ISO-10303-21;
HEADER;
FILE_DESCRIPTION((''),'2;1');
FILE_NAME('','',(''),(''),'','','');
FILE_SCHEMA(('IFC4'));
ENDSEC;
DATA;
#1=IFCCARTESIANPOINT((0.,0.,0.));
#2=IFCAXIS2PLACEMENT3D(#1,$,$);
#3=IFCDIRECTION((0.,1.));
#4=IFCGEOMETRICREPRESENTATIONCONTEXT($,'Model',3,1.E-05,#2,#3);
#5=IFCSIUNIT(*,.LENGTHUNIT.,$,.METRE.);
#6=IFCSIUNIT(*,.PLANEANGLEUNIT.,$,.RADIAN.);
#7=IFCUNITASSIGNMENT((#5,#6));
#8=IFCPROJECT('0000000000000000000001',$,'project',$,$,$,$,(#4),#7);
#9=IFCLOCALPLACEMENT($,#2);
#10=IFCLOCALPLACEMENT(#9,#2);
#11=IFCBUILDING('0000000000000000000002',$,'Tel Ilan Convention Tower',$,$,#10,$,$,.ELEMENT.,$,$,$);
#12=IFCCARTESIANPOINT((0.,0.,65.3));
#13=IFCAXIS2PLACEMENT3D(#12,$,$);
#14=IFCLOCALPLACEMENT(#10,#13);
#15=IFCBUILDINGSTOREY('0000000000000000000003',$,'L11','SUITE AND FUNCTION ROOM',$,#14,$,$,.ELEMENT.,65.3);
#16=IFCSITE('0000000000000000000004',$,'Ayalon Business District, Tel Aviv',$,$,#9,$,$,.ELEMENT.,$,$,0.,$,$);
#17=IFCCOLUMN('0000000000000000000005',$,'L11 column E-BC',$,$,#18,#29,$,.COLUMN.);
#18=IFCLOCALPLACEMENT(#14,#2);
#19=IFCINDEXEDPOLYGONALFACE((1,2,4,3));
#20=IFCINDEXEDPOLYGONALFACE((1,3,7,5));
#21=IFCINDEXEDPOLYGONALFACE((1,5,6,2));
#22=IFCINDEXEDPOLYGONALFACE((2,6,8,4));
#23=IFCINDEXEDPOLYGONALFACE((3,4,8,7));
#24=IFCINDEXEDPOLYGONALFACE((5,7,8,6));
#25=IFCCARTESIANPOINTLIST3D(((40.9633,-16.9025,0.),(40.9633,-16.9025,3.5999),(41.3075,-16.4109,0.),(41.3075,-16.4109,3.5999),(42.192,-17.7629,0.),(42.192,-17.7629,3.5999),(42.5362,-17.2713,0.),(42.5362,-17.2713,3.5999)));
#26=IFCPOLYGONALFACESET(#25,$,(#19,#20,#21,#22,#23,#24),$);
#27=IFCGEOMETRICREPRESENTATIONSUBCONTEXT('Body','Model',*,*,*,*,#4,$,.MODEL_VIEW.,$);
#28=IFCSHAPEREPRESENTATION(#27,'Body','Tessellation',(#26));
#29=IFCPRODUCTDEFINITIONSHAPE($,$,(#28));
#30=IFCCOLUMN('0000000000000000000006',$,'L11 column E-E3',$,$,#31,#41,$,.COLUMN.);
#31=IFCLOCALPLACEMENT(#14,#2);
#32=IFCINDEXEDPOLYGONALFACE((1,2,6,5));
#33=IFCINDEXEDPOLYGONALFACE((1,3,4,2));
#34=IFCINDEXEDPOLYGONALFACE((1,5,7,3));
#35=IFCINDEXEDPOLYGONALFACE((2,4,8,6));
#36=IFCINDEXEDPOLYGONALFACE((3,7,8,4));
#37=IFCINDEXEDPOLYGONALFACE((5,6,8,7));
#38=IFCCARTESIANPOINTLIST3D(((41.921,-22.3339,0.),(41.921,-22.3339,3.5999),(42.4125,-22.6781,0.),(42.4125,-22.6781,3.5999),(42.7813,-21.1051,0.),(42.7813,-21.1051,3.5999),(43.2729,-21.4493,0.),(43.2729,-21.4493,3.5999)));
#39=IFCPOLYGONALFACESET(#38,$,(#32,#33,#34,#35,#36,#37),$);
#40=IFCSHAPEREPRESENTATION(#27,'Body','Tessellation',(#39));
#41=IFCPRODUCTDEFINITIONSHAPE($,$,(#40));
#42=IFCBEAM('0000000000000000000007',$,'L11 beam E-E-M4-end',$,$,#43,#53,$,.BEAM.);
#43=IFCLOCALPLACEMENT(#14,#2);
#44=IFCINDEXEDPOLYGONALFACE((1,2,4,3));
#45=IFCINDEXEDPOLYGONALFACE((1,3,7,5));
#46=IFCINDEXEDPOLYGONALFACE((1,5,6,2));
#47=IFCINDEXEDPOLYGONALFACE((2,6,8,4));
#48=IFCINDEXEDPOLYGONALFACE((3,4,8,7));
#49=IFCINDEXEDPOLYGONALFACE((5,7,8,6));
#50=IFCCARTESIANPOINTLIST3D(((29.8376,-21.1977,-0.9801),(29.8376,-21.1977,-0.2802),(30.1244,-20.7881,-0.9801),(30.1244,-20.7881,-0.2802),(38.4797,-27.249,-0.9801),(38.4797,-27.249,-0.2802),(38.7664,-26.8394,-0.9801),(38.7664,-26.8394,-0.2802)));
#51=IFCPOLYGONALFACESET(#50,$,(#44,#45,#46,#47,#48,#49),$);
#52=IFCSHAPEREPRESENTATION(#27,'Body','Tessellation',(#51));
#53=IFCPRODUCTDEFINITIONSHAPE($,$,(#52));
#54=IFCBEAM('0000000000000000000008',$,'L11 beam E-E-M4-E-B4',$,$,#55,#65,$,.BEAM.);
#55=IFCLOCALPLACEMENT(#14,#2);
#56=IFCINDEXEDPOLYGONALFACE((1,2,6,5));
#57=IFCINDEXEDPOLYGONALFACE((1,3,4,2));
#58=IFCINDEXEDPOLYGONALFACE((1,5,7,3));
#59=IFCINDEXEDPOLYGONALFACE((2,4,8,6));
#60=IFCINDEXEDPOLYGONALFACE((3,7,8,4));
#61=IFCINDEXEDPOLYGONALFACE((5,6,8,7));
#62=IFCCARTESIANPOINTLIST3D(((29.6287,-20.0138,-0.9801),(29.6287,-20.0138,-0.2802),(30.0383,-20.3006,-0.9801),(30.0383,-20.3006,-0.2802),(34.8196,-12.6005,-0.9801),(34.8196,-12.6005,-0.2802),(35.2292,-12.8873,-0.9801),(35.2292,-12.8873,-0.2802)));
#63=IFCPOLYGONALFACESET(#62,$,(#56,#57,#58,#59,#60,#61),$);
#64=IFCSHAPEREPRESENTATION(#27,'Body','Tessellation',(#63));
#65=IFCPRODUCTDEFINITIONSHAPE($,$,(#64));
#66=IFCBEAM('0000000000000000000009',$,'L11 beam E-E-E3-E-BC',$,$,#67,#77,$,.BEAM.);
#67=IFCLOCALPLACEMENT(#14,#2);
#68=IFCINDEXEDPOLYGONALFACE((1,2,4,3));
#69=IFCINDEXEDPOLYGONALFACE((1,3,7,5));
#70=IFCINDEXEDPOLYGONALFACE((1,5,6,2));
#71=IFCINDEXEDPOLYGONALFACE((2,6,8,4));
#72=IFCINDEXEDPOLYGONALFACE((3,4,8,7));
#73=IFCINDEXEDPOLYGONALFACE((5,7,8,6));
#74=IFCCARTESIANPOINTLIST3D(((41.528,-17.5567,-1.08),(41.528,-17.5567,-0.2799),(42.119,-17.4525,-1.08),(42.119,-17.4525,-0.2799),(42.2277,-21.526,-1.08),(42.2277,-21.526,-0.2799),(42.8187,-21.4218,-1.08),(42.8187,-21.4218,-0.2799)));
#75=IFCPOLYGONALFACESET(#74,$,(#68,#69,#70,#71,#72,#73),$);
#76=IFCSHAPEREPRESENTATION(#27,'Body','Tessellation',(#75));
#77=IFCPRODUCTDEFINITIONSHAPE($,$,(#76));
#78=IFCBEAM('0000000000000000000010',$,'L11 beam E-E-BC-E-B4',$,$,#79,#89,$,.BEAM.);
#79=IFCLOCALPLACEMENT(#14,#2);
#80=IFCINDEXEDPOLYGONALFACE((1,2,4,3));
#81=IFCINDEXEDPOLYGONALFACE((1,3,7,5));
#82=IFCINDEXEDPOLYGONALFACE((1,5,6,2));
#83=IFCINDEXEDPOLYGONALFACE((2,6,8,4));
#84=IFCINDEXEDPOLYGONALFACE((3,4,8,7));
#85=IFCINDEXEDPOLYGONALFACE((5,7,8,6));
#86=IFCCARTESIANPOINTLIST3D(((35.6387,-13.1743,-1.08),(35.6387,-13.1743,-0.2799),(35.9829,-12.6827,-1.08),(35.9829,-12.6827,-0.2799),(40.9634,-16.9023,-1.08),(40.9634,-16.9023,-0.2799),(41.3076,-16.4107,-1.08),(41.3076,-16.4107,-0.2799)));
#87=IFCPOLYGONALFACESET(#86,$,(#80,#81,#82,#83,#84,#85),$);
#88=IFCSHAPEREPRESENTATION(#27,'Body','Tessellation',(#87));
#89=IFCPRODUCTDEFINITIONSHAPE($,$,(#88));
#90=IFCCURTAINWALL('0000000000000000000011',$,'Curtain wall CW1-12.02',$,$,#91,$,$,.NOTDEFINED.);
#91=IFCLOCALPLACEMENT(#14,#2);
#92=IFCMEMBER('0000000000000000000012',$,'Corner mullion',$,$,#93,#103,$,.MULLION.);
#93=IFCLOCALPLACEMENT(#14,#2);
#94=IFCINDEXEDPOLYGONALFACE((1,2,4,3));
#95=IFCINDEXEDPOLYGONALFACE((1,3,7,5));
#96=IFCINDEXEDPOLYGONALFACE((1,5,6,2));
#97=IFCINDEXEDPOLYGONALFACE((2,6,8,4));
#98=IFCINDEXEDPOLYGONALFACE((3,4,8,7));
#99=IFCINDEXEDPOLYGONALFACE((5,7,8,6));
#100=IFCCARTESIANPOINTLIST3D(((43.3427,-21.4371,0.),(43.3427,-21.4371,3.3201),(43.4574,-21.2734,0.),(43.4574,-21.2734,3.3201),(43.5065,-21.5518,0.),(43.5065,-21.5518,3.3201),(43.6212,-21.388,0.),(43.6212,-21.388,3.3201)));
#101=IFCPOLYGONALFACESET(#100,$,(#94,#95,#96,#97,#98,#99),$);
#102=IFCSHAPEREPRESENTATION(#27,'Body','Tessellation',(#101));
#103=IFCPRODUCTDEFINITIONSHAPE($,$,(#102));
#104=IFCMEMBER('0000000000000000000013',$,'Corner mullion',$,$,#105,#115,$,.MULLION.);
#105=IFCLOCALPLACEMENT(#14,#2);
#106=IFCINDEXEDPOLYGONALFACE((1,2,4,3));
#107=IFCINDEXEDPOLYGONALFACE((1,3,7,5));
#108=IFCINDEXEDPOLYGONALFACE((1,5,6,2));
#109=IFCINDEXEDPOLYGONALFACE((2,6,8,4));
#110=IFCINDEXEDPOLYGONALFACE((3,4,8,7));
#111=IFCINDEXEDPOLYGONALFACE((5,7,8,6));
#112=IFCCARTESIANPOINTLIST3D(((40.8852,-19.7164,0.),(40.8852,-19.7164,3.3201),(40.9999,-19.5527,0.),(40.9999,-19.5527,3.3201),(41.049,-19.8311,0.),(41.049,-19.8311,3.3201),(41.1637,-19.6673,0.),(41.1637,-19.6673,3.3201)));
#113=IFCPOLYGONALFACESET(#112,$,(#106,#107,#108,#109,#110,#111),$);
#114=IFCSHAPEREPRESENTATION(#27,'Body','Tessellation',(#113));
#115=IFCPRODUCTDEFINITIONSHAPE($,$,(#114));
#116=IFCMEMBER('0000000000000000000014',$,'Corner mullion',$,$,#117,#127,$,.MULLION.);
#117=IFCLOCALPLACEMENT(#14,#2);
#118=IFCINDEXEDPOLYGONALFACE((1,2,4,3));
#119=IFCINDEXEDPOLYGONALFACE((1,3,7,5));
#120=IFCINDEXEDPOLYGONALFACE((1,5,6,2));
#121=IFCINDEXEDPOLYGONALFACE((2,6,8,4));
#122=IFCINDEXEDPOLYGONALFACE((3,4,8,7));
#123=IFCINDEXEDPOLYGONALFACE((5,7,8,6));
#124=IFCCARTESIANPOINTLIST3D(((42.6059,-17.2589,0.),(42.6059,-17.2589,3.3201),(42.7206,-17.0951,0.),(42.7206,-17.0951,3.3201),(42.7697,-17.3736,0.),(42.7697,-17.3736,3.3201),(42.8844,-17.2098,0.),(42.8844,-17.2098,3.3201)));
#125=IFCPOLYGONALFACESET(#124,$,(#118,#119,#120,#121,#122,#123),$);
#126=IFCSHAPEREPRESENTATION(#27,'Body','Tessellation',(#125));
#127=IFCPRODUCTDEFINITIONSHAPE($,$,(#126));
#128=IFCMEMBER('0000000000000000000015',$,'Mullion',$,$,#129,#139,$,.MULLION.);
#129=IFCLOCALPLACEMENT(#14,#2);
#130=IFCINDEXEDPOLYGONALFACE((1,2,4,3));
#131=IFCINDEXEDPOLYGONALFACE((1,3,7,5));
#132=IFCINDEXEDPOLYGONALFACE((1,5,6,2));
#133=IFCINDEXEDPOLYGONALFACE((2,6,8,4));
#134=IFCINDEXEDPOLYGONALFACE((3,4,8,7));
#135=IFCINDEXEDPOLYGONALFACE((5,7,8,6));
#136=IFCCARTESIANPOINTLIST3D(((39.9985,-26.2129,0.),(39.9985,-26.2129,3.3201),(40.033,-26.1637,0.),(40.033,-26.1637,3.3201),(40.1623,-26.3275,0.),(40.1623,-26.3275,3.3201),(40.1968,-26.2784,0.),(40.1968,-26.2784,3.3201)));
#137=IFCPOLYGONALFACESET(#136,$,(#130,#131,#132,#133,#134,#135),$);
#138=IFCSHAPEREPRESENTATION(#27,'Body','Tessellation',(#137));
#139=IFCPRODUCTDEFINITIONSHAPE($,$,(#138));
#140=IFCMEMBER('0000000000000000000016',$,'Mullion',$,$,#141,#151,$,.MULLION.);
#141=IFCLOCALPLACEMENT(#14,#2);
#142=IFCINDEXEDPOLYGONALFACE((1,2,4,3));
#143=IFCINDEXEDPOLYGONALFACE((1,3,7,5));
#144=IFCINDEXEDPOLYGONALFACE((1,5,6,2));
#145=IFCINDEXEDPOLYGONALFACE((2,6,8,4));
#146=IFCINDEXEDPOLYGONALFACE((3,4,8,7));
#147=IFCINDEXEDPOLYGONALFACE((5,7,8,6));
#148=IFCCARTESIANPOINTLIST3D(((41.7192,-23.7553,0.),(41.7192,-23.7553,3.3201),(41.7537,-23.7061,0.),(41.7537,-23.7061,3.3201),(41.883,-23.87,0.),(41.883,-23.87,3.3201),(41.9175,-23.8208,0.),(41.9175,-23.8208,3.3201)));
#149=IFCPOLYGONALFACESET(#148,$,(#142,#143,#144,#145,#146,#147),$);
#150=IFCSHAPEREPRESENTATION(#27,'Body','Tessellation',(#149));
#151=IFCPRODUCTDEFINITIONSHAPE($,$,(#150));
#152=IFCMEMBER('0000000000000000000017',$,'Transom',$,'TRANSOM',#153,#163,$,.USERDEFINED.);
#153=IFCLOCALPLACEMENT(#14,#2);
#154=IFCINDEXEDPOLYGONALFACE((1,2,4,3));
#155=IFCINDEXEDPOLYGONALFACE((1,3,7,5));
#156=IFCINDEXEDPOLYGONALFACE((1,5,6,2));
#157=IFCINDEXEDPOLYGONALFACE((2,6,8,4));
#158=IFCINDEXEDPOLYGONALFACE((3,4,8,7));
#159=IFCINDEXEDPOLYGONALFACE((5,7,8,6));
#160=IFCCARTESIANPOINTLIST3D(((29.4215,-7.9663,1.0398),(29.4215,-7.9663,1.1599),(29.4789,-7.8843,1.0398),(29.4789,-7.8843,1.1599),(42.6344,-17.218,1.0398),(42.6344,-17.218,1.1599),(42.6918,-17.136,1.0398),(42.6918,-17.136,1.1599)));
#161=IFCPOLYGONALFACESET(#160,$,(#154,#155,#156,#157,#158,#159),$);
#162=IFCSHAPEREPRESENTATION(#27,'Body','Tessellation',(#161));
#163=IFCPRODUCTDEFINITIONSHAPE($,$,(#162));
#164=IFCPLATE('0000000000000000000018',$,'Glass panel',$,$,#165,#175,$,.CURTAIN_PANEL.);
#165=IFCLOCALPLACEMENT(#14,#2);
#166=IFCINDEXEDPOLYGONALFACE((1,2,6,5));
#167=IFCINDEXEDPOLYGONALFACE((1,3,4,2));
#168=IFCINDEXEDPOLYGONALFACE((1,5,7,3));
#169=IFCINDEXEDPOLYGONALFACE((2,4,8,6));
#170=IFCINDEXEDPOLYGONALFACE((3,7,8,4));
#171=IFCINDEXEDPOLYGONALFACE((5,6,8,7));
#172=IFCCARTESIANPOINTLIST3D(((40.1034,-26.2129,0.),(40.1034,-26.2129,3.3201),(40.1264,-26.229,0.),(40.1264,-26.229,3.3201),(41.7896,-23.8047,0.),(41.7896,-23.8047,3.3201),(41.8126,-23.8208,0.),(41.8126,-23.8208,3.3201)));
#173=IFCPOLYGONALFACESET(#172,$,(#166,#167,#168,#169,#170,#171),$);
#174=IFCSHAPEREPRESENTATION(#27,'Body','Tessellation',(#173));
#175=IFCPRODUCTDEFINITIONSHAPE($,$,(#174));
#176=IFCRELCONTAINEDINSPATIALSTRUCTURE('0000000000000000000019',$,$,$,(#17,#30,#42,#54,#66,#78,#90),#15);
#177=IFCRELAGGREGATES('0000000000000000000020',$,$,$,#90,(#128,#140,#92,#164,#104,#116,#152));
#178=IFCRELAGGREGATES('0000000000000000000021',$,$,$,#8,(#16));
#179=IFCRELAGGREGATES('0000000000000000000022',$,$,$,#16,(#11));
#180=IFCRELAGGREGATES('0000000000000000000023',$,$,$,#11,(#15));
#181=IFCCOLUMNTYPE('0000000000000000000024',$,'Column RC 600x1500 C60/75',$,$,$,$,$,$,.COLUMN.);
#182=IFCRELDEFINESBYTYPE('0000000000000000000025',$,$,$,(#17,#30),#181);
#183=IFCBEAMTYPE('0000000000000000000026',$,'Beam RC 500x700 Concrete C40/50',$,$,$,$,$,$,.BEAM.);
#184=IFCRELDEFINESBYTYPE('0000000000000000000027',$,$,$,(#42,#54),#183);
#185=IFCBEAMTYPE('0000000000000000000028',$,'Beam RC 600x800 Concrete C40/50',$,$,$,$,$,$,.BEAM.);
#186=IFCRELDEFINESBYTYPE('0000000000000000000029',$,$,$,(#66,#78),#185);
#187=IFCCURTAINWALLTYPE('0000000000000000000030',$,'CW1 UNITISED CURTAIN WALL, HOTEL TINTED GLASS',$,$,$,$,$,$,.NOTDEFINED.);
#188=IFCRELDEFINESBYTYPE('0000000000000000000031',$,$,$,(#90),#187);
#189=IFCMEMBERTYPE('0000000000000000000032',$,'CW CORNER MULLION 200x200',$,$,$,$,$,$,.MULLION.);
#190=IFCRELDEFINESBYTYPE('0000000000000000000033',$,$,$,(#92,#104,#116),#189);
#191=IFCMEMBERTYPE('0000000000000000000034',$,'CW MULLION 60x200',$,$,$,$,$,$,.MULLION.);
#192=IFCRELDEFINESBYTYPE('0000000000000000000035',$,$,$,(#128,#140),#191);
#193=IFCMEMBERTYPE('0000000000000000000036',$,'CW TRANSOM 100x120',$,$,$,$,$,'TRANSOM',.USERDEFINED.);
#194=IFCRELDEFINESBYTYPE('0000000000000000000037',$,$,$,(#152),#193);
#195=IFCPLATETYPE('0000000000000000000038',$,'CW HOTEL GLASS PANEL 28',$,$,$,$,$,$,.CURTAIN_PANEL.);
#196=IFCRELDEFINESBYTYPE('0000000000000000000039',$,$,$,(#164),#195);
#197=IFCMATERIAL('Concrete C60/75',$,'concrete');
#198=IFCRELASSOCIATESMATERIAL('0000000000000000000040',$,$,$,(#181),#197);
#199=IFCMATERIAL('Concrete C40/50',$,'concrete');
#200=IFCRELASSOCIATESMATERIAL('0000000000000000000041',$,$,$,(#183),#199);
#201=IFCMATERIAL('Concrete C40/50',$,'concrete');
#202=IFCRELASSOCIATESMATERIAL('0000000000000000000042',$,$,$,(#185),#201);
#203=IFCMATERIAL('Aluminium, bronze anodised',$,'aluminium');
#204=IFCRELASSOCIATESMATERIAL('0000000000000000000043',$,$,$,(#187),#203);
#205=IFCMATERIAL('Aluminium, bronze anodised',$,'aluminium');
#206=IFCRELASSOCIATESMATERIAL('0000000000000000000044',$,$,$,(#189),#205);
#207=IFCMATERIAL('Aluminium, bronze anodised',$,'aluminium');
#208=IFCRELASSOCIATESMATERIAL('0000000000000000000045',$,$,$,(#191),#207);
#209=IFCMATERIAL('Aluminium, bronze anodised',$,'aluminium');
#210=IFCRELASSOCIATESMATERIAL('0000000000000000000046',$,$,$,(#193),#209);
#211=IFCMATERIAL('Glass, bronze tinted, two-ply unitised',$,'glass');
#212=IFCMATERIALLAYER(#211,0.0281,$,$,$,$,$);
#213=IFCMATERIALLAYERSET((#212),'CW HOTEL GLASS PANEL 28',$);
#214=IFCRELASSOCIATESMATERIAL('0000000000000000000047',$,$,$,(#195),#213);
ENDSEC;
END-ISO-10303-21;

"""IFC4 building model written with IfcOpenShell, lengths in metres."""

from ifc_helpers import new_model, si_unit, direction, frame, origin, origin_2d, place, context, subcontext, project, spatial, rectangle, extrude, material, layer, layer_set, material_profile, profile_set, type_object, element, aggregate, save


model = new_model("IFC4")

# Units and contexts
model_context = context("Model", 3, precision=1e-05, world=origin(), true_north=direction((0.0, 1.0)))
body_context = subcontext(model_context, "Body", "Model", "MODEL_VIEW")
ifc_project = project(units=[si_unit("LENGTHUNIT", "METRE"), si_unit("PLANEANGLEUNIT", "RADIAN")], contexts=[model_context])

# Site, building, storey
site_placement = place(None, origin())
site = spatial("IfcSite", under=ifc_project, at=site_placement, Name="Ayalon Business District, Tel Aviv", CompositionType="ELEMENT", RefElevation=0.0)
building_placement = place(site_placement, origin())
building = spatial("IfcBuilding", under=site, at=building_placement, Name="Tel Ilan Convention Tower", CompositionType="ELEMENT")
storey_placement = place(building_placement, frame((0.0, 0.0, 65.3)))
storey = spatial("IfcBuildingStorey", under=building, at=storey_placement, Name="L11", Description="SUITE AND FUNCTION ROOM", CompositionType="ELEMENT", Elevation=65.3)

# Columns
ifc_material_1 = material(Name="Concrete C60/75", Category="concrete")
ifc_material_profile_1 = material_profile(ifc_material_1, rectangle(XDim=1.5, YDim=0.6001, at=origin_2d()), Name="RC 600x1500")
ifc_profile_set_1 = profile_set([ifc_material_profile_1], Name="Concrete C60/75")
column_type = type_object("IfcColumnType", Name="Column RC 600x1500 C60/75", PredefinedType="COLUMN", material=ifc_profile_set_1)
for number, where, z_axis, x_axis, name in (
    (1, (41.7498, -17.0869, 0.0), (0.0, 0.0, 1.0), (0.819152, -0.573576, 0.0), "L11 column E-BC"),
    (2, (42.5969, -21.8916, 0.0), (0.0, 0.0, 1.0), (0.573576, 0.819152, 0.0), "L11 column E-E3"),
):
    element("IfcColumn", number, at=place(storey_placement, frame(where, z_axis=z_axis, x_axis=x_axis)), inside=storey, type_object=column_type, Name=name, PredefinedType="COLUMN", context=body_context, shape_type="SweptSolid", body=[
        extrude(rectangle(XDim=1.5, YDim=0.6001, at=origin_2d()), origin(), (0.0, 0.0, 1.0), 3.5999),
    ])

# Beams
ifc_material_2 = material(Name="Concrete C40/50", Category="concrete")
ifc_material_profile_2 = material_profile(ifc_material_2, rectangle(XDim=0.5, YDim=0.7, at=origin_2d()), Name="RC 500x700")
ifc_profile_set_2 = profile_set([ifc_material_profile_2], Name="Concrete C40/50")
beam_type_1 = type_object("IfcBeamType", Name="Beam RC 500x700 Concrete C40/50", PredefinedType="BEAM", material=ifc_profile_set_2)
beam_1_placement = place(storey_placement, frame((29.981, -20.9929, -0.6301), z_axis=(0.819151, -0.573577, 0.0), x_axis=(0.573577, 0.819151, 0.0)))
element("IfcBeam", 3, at=beam_1_placement, inside=storey, type_object=beam_type_1, Name="L11 beam E-E-M4-end", PredefinedType="BEAM", context=body_context, shape_type="SweptSolid", body=[
    extrude(rectangle(XDim=0.5, YDim=0.7, at=origin_2d()), origin(), (0.0, 0.0, 1.0), 10.55),
])
beam_2_placement = place(storey_placement, frame((29.8335, -20.1572, -0.6301), z_axis=(0.57358, 0.81915, 0.0), x_axis=(-0.81915, 0.57358, 0.0)))
element("IfcBeam", 4, at=beam_2_placement, inside=storey, type_object=beam_type_1, Name="L11 beam E-E-M4-E-B4", PredefinedType="BEAM", context=body_context, shape_type="SweptSolid", body=[
    extrude(rectangle(XDim=0.5, YDim=0.7, at=origin_2d()), origin(), (0.0, 0.0, 1.0), 9.05),
])
ifc_material_3 = material(Name="Concrete C40/50", Category="concrete")
ifc_material_profile_3 = material_profile(ifc_material_3, rectangle(XDim=0.6001, YDim=0.8, at=origin_2d()), Name="RC 600x800")
ifc_profile_set_3 = profile_set([ifc_material_profile_3], Name="Concrete C40/50")
beam_type_2 = type_object("IfcBeamType", Name="Beam RC 600x800 Concrete C40/50", PredefinedType="BEAM", material=ifc_profile_set_3)
beam_3_placement = place(storey_placement, frame((42.5232, -21.4739, -0.6799), z_axis=(-0.173606, 0.984815, 0.0), x_axis=(-0.984815, -0.173606, 0.0)))
element("IfcBeam", 5, at=beam_3_placement, inside=storey, type_object=beam_type_2, Name="L11 beam E-E-E3-E-BC", PredefinedType="BEAM", context=body_context, shape_type="SweptSolid", body=[
    extrude(rectangle(XDim=0.6001, YDim=0.8, at=origin_2d()), origin(), (0.0, 0.0, 1.0), 4.0305),
])
beam_4_placement = place(storey_placement, frame((41.1355, -16.6565, -0.6799), z_axis=(-0.819179, 0.573538, 0.0), x_axis=(-0.573538, -0.819179, 0.0)))
element("IfcBeam", 6, at=beam_4_placement, inside=storey, type_object=beam_type_2, Name="L11 beam E-E-BC-E-B4", PredefinedType="BEAM", context=body_context, shape_type="SweptSolid", body=[
    extrude(rectangle(XDim=0.6001, YDim=0.8, at=origin_2d()), origin(), (0.0, 0.0, 1.0), 6.5),
])

# Curtain wall, members, plate
ifc_material_4 = material(Name="Aluminium, bronze anodised", Category="aluminium")
curtain_wall_type = type_object("IfcCurtainWallType", Name="CW1 UNITISED CURTAIN WALL, HOTEL TINTED GLASS", PredefinedType="NOTDEFINED", material=ifc_material_4)
curtain_wall_placement = place(storey_placement, origin())
curtain_wall = element("IfcCurtainWall", 7, at=curtain_wall_placement, inside=storey, type_object=curtain_wall_type, Name="Curtain wall CW1-12.02", PredefinedType="NOTDEFINED")
ifc_material_5 = material(Name="Aluminium, bronze anodised", Category="aluminium")
ifc_material_profile_4 = material_profile(ifc_material_5, rectangle(XDim=0.2, YDim=0.2, at=origin_2d()), Name="CW CORNER MULLION 200x200")
ifc_profile_set_4 = profile_set([ifc_material_profile_4], Name="Aluminium, bronze anodised")
member_type_1 = type_object("IfcMemberType", Name="CW CORNER MULLION 200x200", PredefinedType="MULLION", material=ifc_profile_set_4)
member_1_placement = place(storey_placement, frame((43.4819, -21.4126, 0.0), z_axis=(0.0, 0.0, 1.0), x_axis=(0.573576, 0.819152, 0.0)))
member_1 = element("IfcMember", 8, at=member_1_placement, type_object=member_type_1, Name="Corner mullion", PredefinedType="MULLION", context=body_context, shape_type="SweptSolid", body=[
    extrude(rectangle(XDim=0.2, YDim=0.2, at=origin_2d()), origin(), (0.0, 0.0, 1.0), 3.3201),
])
member_2_placement = place(storey_placement, frame((41.0244, -19.6919, 0.0), z_axis=(0.0, 0.0, 1.0), x_axis=(-0.819152, 0.573576, 0.0)))
member_2 = element("IfcMember", 9, at=member_2_placement, type_object=member_type_1, Name="Corner mullion", PredefinedType="MULLION", context=body_context, shape_type="SweptSolid", body=[
    extrude(rectangle(XDim=0.2, YDim=0.2, at=origin_2d()), origin(), (0.0, 0.0, 1.0), 3.3201),
])
member_3_placement = place(storey_placement, frame((42.7451, -17.2344, 0.0), z_axis=(0.0, 0.0, 1.0), x_axis=(0.573576, 0.819152, 0.0)))
member_3 = element("IfcMember", 10, at=member_3_placement, type_object=member_type_1, Name="Corner mullion", PredefinedType="MULLION", context=body_context, shape_type="SweptSolid", body=[
    extrude(rectangle(XDim=0.2, YDim=0.2, at=origin_2d()), origin(), (0.0, 0.0, 1.0), 3.3201),
])
ifc_material_6 = material(Name="Aluminium, bronze anodised", Category="aluminium")
ifc_material_profile_5 = material_profile(ifc_material_6, rectangle(XDim=0.0601, YDim=0.2, at=origin_2d()), Name="CW MULLION 60x200")
ifc_profile_set_5 = profile_set([ifc_material_profile_5], Name="Aluminium, bronze anodised")
member_type_2 = type_object("IfcMemberType", Name="CW MULLION 60x200", PredefinedType="MULLION", material=ifc_profile_set_5)
member_4_placement = place(storey_placement, frame((40.0977, -26.2456, 0.0), z_axis=(0.0, 0.0, 1.0), x_axis=(0.573576, 0.819152, 0.0)))
member_4 = element("IfcMember", 11, at=member_4_placement, type_object=member_type_2, Name="Mullion", PredefinedType="MULLION", context=body_context, shape_type="SweptSolid", body=[
    extrude(rectangle(XDim=0.0601, YDim=0.2, at=origin_2d()), origin(), (0.0, 0.0, 1.0), 3.3201),
])
member_5_placement = place(storey_placement, frame((41.8184, -23.7881, 0.0), z_axis=(0.0, 0.0, 1.0), x_axis=(0.573576, 0.819152, 0.0)))
member_5 = element("IfcMember", 12, at=member_5_placement, type_object=member_type_2, Name="Mullion", PredefinedType="MULLION", context=body_context, shape_type="SweptSolid", body=[
    extrude(rectangle(XDim=0.0601, YDim=0.2, at=origin_2d()), origin(), (0.0, 0.0, 1.0), 3.3201),
])
ifc_material_7 = material(Name="Aluminium, bronze anodised", Category="aluminium")
ifc_material_profile_6 = material_profile(ifc_material_7, rectangle(XDim=0.1001, YDim=0.1201, at=origin_2d()), Name="CW TRANSOM 100x120")
ifc_profile_set_6 = profile_set([ifc_material_profile_6], Name="Aluminium, bronze anodised")
member_type_3 = type_object("IfcMemberType", Name="CW TRANSOM 100x120", ElementType="TRANSOM", PredefinedType="USERDEFINED", material=ifc_profile_set_6)
member_6_placement = place(storey_placement, frame((42.6631, -17.177, 1.0999), z_axis=(-0.819154, 0.573574, 0.0), x_axis=(-0.573574, -0.819154, 0.0)))
member_6 = element("IfcMember", 13, at=member_6_placement, type_object=member_type_3, Name="Transom", ObjectType="TRANSOM", PredefinedType="USERDEFINED", context=body_context, shape_type="SweptSolid", body=[
    extrude(rectangle(XDim=0.1001, YDim=0.1201, at=origin_2d()), origin(), (0.0, 0.0, 1.0), 16.1299),
])
ifc_material_8 = material(Name="Glass, bronze tinted, two-ply unitised", Category="glass")
ifc_layer_1 = layer(ifc_material_8, 0.0281)
ifc_layer_set_1 = layer_set([ifc_layer_1], Name="CW HOTEL GLASS PANEL 28")
plate_type = type_object("IfcPlateType", Name="CW HOTEL GLASS PANEL 28", PredefinedType="CURTAIN_PANEL", material=ifc_layer_set_1)
plate_1_placement = place(storey_placement, frame((40.958, -25.0168, 0.0), z_axis=(0.0, 0.0, 1.0), x_axis=(0.573576, 0.819152, 0.0)))
plate_1 = element("IfcPlate", 14, at=plate_1_placement, type_object=plate_type, Name="Glass panel", PredefinedType="CURTAIN_PANEL", context=body_context, shape_type="SweptSolid", body=[
    extrude(rectangle(XDim=2.9399, YDim=0.0281, at=origin_2d()), origin(), (0.0, 0.0, 1.0), 3.3201),
])
aggregate(curtain_wall, [member_4, member_5, member_1, plate_1, member_2, member_3, member_6])

save(model, "model.ifc")
